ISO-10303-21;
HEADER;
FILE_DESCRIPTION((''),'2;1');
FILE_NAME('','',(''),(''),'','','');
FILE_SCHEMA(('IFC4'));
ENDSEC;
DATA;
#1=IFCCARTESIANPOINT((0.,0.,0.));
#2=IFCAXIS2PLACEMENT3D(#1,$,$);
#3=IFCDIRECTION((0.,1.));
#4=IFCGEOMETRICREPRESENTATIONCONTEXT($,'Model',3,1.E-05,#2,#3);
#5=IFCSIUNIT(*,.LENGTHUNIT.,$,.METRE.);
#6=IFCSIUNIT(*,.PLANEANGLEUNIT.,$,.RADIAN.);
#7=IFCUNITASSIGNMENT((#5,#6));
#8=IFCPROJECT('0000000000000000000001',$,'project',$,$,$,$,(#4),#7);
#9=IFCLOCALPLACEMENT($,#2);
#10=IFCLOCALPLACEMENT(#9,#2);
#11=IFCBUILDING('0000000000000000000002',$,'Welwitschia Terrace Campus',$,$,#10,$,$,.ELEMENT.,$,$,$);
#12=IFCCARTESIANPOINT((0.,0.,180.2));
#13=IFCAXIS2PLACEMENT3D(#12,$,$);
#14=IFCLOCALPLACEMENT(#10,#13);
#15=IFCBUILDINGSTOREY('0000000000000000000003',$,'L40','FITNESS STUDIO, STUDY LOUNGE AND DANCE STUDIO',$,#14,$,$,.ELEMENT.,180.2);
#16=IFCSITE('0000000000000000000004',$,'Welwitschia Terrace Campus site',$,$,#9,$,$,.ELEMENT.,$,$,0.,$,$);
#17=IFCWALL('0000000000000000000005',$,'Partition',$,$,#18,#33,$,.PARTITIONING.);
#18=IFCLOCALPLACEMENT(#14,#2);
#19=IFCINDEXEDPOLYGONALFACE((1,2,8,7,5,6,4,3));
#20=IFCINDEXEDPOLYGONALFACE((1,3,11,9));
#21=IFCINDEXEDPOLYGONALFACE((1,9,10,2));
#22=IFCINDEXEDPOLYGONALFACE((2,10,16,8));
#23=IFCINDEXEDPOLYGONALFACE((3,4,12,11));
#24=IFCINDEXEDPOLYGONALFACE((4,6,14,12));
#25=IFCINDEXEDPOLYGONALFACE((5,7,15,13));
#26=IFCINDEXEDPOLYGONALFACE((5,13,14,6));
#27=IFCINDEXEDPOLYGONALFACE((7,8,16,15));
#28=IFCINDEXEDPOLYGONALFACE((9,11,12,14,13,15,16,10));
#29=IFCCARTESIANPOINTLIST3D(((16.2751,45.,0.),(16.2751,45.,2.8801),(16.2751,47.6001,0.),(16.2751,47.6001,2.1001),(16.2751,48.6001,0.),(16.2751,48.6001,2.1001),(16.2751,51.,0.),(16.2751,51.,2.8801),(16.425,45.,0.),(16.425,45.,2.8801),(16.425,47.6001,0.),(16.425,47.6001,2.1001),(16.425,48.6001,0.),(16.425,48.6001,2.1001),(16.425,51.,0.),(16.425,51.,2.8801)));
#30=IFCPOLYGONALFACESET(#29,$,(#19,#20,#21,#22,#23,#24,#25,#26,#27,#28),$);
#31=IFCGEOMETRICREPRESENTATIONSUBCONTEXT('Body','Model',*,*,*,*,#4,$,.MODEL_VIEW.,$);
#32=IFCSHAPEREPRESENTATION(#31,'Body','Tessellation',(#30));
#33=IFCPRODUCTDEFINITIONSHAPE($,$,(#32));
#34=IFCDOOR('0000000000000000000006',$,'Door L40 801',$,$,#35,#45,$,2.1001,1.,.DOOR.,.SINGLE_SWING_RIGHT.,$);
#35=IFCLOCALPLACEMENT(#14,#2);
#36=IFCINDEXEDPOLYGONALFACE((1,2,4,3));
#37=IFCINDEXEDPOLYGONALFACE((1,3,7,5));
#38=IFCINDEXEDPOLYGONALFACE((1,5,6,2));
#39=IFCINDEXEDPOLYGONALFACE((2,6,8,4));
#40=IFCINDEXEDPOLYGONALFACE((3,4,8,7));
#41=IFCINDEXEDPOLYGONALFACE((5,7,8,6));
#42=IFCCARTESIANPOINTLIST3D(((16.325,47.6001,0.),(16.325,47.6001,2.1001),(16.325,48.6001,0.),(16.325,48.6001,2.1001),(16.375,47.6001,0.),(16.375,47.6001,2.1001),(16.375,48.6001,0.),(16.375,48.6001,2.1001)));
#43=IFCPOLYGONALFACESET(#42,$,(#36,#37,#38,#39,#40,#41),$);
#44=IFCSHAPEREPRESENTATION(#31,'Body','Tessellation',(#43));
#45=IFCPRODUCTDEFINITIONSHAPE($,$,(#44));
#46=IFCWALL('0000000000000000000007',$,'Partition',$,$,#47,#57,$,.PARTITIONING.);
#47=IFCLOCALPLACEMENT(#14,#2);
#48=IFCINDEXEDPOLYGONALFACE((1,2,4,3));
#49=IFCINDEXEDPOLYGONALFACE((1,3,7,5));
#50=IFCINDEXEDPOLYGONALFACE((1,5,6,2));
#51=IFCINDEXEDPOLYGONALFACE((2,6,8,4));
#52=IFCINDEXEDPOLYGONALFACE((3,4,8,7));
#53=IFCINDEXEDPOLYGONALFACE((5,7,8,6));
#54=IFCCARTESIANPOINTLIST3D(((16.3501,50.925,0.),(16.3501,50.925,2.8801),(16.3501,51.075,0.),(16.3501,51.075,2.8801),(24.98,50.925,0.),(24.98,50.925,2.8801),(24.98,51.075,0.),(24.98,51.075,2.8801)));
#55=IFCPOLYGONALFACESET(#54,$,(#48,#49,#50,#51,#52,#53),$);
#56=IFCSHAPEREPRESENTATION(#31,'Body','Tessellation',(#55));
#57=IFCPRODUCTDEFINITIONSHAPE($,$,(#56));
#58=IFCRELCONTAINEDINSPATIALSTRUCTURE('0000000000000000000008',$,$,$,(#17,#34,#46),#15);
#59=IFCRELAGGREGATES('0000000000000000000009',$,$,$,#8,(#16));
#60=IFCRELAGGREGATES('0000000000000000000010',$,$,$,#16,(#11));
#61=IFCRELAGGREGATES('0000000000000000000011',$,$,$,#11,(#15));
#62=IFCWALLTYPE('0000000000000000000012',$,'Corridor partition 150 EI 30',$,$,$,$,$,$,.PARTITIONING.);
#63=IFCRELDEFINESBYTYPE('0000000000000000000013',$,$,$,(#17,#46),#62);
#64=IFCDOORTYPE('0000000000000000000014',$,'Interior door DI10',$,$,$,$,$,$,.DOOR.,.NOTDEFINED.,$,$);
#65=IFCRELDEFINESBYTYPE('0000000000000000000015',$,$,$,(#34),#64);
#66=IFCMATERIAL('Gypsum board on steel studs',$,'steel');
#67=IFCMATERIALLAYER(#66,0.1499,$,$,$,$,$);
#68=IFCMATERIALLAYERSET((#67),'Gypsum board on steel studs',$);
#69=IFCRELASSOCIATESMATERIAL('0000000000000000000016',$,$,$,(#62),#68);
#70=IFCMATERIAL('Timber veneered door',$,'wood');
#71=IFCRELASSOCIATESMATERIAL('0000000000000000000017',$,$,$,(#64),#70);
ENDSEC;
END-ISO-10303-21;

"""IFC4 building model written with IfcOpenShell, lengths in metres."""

from ifc_helpers import new_model, si_unit, direction, frame, frame_2d, origin, place, context, subcontext, project, spatial, rectangle, extrude, material, layer, layer_set, type_object, element, fill, save


model = new_model("IFC4")

# Units and contexts
model_context = context("Model", 3, precision=1e-05, world=origin(), true_north=direction((0.0, 1.0)))
body_context = subcontext(model_context, "Body", "Model", "MODEL_VIEW")
ifc_project = project(units=[si_unit("LENGTHUNIT", "METRE"), si_unit("PLANEANGLEUNIT", "RADIAN")], contexts=[model_context])

# Site, building, storey
site_placement = place(None, origin())
site = spatial("IfcSite", under=ifc_project, at=site_placement, Name="Welwitschia Terrace Campus site", CompositionType="ELEMENT", RefElevation=0.0)
building_placement = place(site_placement, origin())
building = spatial("IfcBuilding", under=site, at=building_placement, Name="Welwitschia Terrace Campus", CompositionType="ELEMENT")
storey_placement = place(building_placement, frame((0.0, 0.0, 180.2)))
storey = spatial("IfcBuildingStorey", under=building, at=storey_placement, Name="L40", Description="FITNESS STUDIO, STUDY LOUNGE AND DANCE STUDIO", CompositionType="ELEMENT", Elevation=180.2)

# Shared definitions
ifc_material_1 = material(Name="Gypsum board on steel studs", Category="steel")
ifc_layer_1 = layer(ifc_material_1, 0.1499)
ifc_layer_set_1 = layer_set([ifc_layer_1], Name="Gypsum board on steel studs")
wall_type = type_object("IfcWallType", Name="Corridor partition 150 EI 30", PredefinedType="PARTITIONING", material=ifc_layer_set_1)

# Wall, opening, door
wall_1_placement = place(storey_placement, frame((16.3501, 51.0, 0.0), z_axis=(0.0, 0.0, 1.0), x_axis=(0.0, -1.0, 0.0)))
wall_1 = element("IfcWall", 1, at=wall_1_placement, inside=storey, type_object=wall_type, Name="Partition", PredefinedType="PARTITIONING", context=body_context, shape_type="SweptSolid", body=[
    extrude(rectangle(XDim=6.0, YDim=0.1499, at=frame_2d((3.0, 0.0))), origin(), (0.0, 0.0, 1.0), 2.8801),
])
opening_placement = place(wall_1_placement, frame((2.3999, 0.0, 0.0)))
opening = element("IfcOpeningElement", 2, at=opening_placement, cuts=wall_1, PredefinedType="OPENING", context=body_context, shape_type="SweptSolid", body=[
    extrude(rectangle(XDim=1.0, YDim=2.1001, at=frame_2d((0.5, 1.05))), frame((0.0, 0.085, 0.0), z_axis=(0.0, -1.0, 0.0), x_axis=(1.0, 0.0, 0.0)), (0.0, 0.0, 1.0), 0.1699),
])
ifc_material_2 = material(Name="Timber veneered door", Category="wood")
door_type = type_object("IfcDoorType", Name="Interior door DI10", OperationType="NOTDEFINED", PredefinedType="DOOR", material=ifc_material_2)
door_placement = place(opening_placement, origin())
door = element("IfcDoor", 3, at=door_placement, inside=storey, type_object=door_type, Name="Door L40 801", OperationType="SINGLE_SWING_RIGHT", OverallHeight=2.1001, OverallWidth=1.0, PredefinedType="DOOR", context=body_context, shape_type="SweptSolid", body=[
    extrude(rectangle(XDim=1.0, YDim=2.1001, at=frame_2d((0.5, 1.05))), frame((0.0, 0.0249, 0.0), z_axis=(0.0, -1.0, 0.0), x_axis=(1.0, 0.0, 0.0)), (0.0, 0.0, 1.0), 0.05),
])
fill(opening, door)

# Wall
wall_2_placement = place(storey_placement, frame((16.3501, 51.0, 0.0), z_axis=(0.0, 0.0, 1.0), x_axis=(1.0, 0.0, 0.0)))
element("IfcWall", 4, at=wall_2_placement, inside=storey, type_object=wall_type, Name="Partition", PredefinedType="PARTITIONING", context=body_context, shape_type="SweptSolid", body=[
    extrude(rectangle(XDim=8.6299, YDim=0.1499, at=frame_2d((4.3149, 0.0))), origin(), (0.0, 0.0, 1.0), 2.8801),
])

save(model, "model.ifc")
